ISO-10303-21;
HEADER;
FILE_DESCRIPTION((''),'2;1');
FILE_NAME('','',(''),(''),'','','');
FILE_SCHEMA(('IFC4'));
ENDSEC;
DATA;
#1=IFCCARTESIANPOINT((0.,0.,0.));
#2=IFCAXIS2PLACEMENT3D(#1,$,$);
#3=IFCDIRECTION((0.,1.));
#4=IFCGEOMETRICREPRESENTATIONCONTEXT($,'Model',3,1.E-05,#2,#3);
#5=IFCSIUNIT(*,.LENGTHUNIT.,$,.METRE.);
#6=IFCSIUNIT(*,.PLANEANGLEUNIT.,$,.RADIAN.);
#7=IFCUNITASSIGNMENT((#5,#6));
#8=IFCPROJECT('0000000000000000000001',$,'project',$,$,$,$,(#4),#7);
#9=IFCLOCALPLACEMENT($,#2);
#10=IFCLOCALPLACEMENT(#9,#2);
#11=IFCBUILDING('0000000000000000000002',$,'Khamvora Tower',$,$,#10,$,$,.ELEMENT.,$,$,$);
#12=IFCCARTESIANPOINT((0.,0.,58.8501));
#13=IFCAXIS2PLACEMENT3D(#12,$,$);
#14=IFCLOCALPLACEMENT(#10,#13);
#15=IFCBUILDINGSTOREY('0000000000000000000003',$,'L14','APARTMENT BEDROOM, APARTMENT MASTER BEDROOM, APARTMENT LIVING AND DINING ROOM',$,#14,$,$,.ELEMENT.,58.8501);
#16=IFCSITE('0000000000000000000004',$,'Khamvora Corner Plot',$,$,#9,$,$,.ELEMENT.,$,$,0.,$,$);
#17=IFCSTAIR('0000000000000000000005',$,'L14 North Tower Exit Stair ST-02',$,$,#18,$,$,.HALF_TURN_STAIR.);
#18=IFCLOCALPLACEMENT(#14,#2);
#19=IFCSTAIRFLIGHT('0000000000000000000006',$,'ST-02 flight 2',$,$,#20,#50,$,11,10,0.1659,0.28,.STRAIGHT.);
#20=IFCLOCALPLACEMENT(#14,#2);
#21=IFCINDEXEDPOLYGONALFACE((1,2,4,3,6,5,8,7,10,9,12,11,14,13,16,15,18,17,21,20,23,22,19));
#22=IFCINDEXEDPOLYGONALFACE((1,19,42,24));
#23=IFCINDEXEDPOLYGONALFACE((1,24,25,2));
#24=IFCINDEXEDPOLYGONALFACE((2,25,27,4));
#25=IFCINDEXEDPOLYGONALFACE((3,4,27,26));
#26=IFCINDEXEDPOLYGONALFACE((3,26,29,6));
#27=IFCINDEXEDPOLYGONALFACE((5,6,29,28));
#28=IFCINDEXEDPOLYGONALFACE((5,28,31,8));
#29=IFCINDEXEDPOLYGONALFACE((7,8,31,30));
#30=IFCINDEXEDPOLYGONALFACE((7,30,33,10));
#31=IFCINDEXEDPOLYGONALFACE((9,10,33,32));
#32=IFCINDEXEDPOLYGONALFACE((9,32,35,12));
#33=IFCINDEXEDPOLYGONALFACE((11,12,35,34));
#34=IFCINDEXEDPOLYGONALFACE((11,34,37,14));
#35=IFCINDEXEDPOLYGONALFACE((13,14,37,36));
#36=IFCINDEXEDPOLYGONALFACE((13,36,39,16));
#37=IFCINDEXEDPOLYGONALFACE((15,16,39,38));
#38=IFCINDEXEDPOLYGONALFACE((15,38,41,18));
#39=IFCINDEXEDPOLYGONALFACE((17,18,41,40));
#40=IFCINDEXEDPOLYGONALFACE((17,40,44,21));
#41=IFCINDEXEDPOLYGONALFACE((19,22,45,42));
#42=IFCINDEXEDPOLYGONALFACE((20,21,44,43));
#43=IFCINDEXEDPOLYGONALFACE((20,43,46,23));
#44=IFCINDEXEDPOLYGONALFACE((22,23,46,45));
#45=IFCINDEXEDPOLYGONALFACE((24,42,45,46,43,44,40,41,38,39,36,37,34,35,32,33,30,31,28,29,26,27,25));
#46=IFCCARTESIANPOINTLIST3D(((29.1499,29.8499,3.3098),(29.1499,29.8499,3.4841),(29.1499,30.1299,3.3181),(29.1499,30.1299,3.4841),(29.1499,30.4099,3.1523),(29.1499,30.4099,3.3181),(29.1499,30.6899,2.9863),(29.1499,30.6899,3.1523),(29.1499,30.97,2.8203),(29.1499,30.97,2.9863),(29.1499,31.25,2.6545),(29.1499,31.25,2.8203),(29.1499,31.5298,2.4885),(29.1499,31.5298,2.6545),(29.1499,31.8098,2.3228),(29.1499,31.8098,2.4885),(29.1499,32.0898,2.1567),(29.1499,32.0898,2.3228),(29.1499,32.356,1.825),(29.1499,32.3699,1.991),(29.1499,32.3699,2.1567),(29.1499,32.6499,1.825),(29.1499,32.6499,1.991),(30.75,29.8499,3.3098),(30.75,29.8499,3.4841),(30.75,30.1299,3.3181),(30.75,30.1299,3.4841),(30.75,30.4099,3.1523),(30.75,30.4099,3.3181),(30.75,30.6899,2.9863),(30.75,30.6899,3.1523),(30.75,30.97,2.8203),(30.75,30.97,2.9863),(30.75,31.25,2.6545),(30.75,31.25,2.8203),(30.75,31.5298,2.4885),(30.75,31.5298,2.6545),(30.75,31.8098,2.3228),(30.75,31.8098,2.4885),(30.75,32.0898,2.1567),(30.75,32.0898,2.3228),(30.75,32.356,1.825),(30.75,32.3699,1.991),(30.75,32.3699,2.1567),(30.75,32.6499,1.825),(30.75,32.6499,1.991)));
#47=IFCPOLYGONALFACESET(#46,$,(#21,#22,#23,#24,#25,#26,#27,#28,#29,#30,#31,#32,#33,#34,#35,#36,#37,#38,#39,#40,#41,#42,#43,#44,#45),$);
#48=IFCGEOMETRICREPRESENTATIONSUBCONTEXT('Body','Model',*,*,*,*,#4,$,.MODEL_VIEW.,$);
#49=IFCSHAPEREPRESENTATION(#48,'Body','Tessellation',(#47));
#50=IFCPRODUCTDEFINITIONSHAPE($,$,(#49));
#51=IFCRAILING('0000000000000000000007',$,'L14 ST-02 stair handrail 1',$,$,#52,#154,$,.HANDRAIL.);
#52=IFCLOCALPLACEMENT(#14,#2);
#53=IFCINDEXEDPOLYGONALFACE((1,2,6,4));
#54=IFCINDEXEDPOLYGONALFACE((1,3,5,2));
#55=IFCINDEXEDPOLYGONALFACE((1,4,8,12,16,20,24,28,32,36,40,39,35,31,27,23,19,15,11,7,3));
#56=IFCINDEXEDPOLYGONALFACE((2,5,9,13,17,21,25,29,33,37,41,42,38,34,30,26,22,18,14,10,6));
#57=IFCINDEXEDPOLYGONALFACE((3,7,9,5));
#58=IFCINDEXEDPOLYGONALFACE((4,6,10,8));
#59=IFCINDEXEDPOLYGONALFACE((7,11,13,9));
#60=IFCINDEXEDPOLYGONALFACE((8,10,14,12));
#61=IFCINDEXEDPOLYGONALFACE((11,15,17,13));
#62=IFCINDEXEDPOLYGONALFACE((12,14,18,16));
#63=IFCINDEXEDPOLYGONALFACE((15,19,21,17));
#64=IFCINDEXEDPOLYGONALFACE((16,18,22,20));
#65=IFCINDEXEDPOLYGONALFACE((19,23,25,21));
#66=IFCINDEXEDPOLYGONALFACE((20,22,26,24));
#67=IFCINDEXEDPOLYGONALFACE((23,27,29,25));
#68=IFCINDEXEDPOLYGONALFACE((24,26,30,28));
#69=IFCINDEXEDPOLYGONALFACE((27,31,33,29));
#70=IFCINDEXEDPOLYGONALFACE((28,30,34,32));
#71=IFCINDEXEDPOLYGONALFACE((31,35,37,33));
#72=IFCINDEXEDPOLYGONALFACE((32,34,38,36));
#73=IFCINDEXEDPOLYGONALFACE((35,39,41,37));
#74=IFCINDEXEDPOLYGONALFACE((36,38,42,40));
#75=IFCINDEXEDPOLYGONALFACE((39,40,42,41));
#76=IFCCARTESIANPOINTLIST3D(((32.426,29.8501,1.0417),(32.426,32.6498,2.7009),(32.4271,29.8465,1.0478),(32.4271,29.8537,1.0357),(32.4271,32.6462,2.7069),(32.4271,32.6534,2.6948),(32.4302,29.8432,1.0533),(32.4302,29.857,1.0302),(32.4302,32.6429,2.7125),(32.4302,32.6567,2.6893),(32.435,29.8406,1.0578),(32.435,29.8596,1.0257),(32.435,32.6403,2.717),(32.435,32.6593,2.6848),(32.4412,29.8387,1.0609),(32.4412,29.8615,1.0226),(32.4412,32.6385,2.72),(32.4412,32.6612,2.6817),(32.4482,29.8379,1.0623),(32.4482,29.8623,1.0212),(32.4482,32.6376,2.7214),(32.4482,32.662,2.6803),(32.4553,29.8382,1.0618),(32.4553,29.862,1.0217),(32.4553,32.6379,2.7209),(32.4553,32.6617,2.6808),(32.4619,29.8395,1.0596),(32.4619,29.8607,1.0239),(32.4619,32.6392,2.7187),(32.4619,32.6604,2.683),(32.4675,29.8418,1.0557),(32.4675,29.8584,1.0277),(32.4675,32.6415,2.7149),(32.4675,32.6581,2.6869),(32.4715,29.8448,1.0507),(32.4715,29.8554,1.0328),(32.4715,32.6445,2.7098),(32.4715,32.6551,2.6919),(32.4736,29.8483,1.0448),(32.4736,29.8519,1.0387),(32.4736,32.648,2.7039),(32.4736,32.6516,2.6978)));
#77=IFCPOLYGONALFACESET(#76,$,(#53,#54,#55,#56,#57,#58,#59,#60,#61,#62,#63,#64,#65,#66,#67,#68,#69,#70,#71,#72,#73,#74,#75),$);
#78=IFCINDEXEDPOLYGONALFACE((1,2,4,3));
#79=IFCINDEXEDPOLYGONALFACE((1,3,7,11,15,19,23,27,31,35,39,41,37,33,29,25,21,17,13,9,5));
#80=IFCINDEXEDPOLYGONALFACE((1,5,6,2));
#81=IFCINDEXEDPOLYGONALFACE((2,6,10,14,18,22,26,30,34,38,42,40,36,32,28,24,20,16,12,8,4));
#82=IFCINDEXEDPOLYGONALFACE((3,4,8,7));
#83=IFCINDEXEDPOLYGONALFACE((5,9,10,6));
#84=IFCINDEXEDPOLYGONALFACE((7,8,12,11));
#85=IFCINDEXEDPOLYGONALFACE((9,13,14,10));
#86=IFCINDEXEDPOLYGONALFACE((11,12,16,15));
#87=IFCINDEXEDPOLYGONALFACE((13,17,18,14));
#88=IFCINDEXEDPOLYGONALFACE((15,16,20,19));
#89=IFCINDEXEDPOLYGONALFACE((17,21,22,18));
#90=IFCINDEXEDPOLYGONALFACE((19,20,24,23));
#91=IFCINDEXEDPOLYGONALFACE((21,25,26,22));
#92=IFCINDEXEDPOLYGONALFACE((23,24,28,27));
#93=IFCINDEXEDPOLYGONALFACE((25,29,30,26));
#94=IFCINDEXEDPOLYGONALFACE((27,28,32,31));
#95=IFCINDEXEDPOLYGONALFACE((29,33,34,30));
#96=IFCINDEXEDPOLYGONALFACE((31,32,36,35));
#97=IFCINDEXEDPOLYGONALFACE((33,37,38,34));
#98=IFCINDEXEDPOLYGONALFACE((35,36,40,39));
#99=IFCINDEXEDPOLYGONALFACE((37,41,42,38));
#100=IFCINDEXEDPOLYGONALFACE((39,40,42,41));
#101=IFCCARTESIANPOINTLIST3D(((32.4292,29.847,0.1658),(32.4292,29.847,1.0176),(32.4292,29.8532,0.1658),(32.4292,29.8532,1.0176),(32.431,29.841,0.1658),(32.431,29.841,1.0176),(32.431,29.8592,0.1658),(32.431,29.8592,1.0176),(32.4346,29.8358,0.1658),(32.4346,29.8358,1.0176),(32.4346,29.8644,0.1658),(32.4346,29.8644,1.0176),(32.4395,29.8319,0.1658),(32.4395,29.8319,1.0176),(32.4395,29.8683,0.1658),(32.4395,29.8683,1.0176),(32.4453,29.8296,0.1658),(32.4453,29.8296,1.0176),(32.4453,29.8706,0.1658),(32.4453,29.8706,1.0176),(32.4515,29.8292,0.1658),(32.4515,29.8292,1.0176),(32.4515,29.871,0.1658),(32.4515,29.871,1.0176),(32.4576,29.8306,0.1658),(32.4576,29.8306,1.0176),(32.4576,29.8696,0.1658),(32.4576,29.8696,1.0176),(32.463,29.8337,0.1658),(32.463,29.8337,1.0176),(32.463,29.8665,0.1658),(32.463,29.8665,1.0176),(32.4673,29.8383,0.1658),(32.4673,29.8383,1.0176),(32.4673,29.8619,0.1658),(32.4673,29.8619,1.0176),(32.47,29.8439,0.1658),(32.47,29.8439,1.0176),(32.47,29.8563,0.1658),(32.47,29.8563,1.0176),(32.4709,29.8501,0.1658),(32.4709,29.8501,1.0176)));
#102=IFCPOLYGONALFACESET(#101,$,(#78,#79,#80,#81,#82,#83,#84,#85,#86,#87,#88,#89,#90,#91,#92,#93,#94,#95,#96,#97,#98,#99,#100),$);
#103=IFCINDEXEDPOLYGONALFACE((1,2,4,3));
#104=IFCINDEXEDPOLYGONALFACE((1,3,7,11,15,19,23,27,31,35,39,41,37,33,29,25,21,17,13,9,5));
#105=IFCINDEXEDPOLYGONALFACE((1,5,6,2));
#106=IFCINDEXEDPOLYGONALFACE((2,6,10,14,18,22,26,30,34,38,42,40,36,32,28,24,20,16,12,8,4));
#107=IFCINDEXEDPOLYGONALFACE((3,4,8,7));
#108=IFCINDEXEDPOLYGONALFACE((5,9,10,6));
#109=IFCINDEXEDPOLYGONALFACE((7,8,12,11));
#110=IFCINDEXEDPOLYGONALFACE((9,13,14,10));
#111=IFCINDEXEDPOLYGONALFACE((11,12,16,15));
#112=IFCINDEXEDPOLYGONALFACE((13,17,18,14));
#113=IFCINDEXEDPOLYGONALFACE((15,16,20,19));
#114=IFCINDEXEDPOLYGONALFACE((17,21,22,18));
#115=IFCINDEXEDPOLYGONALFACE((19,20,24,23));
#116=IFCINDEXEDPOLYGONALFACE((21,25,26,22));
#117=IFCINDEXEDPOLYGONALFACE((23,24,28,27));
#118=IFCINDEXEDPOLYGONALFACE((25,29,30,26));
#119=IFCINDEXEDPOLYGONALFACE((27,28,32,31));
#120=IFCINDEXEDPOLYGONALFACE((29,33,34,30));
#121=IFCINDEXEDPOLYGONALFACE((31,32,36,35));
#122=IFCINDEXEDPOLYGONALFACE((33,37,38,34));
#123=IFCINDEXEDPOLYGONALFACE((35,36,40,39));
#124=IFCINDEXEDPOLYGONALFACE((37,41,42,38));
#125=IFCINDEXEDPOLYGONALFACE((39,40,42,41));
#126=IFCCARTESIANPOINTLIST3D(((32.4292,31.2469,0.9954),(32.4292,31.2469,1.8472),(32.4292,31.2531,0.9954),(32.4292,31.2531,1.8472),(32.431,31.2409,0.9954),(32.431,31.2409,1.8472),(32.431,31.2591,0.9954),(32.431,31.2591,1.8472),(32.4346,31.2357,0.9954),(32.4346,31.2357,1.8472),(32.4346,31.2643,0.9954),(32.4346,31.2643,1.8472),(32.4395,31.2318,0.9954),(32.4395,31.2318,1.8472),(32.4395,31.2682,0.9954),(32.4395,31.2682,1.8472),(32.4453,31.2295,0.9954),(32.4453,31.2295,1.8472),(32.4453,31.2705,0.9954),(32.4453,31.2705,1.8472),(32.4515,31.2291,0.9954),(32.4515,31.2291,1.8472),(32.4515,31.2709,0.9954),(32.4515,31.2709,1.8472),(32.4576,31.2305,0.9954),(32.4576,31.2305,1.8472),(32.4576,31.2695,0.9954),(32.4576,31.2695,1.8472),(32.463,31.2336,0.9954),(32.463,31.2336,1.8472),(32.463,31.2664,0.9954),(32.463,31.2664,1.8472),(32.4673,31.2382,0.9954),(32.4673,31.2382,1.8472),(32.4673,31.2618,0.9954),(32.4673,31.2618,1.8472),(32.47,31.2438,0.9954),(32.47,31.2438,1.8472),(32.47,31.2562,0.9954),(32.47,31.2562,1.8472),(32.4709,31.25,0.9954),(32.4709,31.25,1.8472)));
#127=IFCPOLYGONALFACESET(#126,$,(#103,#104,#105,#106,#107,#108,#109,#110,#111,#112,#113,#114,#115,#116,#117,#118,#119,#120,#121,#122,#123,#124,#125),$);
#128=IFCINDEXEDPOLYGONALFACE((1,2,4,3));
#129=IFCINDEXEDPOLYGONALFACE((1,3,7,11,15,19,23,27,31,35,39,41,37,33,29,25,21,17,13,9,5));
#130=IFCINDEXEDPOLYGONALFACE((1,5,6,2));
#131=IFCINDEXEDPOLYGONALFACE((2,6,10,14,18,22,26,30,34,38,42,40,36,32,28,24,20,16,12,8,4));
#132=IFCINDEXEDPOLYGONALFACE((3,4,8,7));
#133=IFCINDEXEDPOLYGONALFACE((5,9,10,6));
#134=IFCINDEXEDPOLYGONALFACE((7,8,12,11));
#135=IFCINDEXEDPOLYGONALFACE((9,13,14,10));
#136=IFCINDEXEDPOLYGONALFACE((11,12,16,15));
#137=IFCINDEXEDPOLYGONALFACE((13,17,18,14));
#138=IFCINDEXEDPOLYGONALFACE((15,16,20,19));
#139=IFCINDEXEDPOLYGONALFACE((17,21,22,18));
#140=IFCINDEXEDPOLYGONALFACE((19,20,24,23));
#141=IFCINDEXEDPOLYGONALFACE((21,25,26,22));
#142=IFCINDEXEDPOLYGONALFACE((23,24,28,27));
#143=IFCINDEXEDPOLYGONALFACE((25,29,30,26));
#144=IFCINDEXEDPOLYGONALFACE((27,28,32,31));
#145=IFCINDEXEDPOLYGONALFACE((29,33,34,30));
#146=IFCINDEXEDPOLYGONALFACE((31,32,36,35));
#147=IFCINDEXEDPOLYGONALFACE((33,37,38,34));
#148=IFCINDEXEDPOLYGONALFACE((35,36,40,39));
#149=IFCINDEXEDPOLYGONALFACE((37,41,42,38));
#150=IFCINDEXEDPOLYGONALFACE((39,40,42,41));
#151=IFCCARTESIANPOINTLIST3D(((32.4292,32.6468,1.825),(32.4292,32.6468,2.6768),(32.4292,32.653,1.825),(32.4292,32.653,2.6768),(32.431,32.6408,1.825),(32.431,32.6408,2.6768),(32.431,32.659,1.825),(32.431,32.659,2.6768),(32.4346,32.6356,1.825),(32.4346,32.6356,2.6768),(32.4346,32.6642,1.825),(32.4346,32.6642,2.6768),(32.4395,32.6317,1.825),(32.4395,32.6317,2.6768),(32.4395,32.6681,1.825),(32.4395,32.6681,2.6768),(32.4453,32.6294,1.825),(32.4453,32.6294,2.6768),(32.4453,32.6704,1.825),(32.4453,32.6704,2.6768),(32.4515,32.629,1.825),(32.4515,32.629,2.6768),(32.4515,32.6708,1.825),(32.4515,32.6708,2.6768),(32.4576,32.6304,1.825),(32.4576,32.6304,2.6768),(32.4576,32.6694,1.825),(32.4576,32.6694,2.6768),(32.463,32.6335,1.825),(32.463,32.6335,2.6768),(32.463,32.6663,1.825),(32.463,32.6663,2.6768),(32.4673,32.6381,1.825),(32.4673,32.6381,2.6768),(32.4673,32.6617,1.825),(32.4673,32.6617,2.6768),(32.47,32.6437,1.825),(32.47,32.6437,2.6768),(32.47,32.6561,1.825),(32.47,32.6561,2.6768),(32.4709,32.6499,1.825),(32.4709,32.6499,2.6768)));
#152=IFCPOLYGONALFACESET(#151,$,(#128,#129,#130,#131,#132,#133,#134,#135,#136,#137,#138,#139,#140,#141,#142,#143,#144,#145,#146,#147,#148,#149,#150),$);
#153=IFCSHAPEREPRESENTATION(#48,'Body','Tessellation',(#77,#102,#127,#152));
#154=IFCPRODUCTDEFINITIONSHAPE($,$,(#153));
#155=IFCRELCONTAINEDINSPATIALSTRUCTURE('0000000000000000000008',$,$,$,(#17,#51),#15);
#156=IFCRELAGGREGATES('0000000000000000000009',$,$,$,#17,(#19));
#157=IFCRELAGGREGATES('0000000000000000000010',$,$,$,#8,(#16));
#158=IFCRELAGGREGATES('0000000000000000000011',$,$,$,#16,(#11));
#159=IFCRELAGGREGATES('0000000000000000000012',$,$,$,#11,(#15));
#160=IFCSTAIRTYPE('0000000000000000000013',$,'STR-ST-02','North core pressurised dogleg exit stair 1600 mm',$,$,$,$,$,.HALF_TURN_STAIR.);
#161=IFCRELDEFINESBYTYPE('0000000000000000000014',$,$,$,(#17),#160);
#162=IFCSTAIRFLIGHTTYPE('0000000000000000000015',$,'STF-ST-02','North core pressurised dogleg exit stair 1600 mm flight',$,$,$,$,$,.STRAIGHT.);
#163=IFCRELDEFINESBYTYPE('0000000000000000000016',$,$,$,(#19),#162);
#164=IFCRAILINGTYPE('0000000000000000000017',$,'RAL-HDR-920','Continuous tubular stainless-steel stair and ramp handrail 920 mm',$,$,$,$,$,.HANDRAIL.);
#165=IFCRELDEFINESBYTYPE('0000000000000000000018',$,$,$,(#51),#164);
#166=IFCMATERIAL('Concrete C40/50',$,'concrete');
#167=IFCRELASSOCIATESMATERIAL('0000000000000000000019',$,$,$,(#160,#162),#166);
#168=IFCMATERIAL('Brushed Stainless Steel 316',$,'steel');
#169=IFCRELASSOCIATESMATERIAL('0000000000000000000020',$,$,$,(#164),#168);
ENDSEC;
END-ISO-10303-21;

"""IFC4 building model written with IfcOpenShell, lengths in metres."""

from ifc_helpers import new_model, si_unit, direction, frame, origin, origin_2d, place, context, subcontext, project, spatial, polyline, circle, outline, extrude, material, type_object, element, aggregate, save


model = new_model("IFC4")

# Units and contexts
model_context = context("Model", 3, precision=1e-05, world=origin(), true_north=direction((0.0, 1.0)))
body_context = subcontext(model_context, "Body", "Model", "MODEL_VIEW")
ifc_project = project(units=[si_unit("LENGTHUNIT", "METRE"), si_unit("PLANEANGLEUNIT", "RADIAN")], contexts=[model_context])

# Site, building, storey
site_placement = place(None, origin())
site = spatial("IfcSite", under=ifc_project, at=site_placement, Name="Khamvora Corner Plot", CompositionType="ELEMENT", RefElevation=0.0)
building_placement = place(site_placement, origin())
building = spatial("IfcBuilding", under=site, at=building_placement, Name="Khamvora Tower", CompositionType="ELEMENT")
storey_placement = place(building_placement, frame((0.0, 0.0, 58.8501)))
storey = spatial("IfcBuildingStorey", under=building, at=storey_placement, Name="L14", Description="APARTMENT BEDROOM, APARTMENT MASTER BEDROOM, APARTMENT LIVING AND DINING ROOM", CompositionType="ELEMENT", Elevation=58.8501)

# Shared definitions
ifc_material_1 = material(Name="Concrete C40/50", Category="concrete")

# Stair, stair flight
stair_type = type_object("IfcStairType", Name="STR-ST-02", Description="North core pressurised dogleg exit stair 1600 mm", PredefinedType="HALF_TURN_STAIR", material=ifc_material_1)
stair_placement = place(storey_placement, origin())
stair = element("IfcStair", 1, at=stair_placement, inside=storey, type_object=stair_type, Name="L14 North Tower Exit Stair ST-02", PredefinedType="HALF_TURN_STAIR")
stair_flight_type = type_object("IfcStairFlightType", Name="STF-ST-02", Description="North core pressurised dogleg exit stair 1600 mm flight", PredefinedType="STRAIGHT", material=ifc_material_1)
stair_flight_1_placement = place(storey_placement, frame((29.95, 32.6499, 1.825), z_axis=(0.0, 0.0, 1.0), x_axis=(0.0, -1.0, 0.0)))
stair_flight_1 = element("IfcStairFlight", 2, at=stair_flight_1_placement, type_object=stair_flight_type, Name="ST-02 flight 2", NumberOfRisers=11, NumberOfTreads=10, PredefinedType="STRAIGHT", RiserHeight=0.1659, TreadLength=0.28, context=body_context, shape_type="SweptSolid", body=[
    extrude(outline(polyline([(0.0, 0.0), (0.0, 0.166), (0.28, 0.166), (0.28, 0.3318), (0.5601, 0.3318), (0.5601, 0.4978), (0.8401, 0.4978), (0.8401, 0.6636), (1.1201, 0.6636), (1.1201, 0.8296), (1.3999, 0.8296), (1.3999, 0.9954), (1.6799, 0.9954), (1.6799, 1.1614), (1.96, 1.1614), (1.96, 1.3274), (2.24, 1.3274), (2.24, 1.4932), (2.52, 1.4932), (2.52, 1.6592), (2.8, 1.6592), (2.8, 1.825), (2.8, 1.4849), (0.2939, 0.0), (0.0, 0.0)])), frame((0.0, 0.8, 0.0), z_axis=(0.0, -1.0, 0.0), x_axis=(1.0, 0.0, 0.0)), (0.0, 0.0, 1.0), 1.6001),
])
aggregate(stair, [stair_flight_1])

# Railing
ifc_material_2 = material(Name="Brushed Stainless Steel 316", Category="steel")
railing_type_1 = type_object("IfcRailingType", Name="RAL-HDR-920", Description="Continuous tubular stainless-steel stair and ramp handrail 920 mm", PredefinedType="HANDRAIL", material=ifc_material_2)
railing_1_placement = place(storey_placement, frame((32.45, 29.8501, 0.1658)))
element("IfcRailing", 3, at=railing_1_placement, inside=storey, type_object=railing_type_1, Name="L14 ST-02 stair handrail 1", PredefinedType="HANDRAIL", context=body_context, shape_type="SweptSolid", body=[
    extrude(circle(Radius=0.0239, at=origin_2d()), frame((0.0, 0.0, 0.876), z_axis=(0.0, 0.860287, 0.509811), x_axis=(-1.0, 0.0, 0.0)), (0.0, 0.0, 1.0), 3.2544),
    extrude(circle(Radius=0.021, at=origin_2d()), origin(), (0.0, 0.0, 1.0), 0.8518),
    extrude(circle(Radius=0.021, at=origin_2d()), frame((0.0, 1.3999, 0.8296)), (0.0, 0.0, 1.0), 0.8518),
    extrude(circle(Radius=0.021, at=origin_2d()), frame((0.0, 2.7998, 1.6592)), (0.0, 0.0, 1.0), 0.8518),
])

save(model, "model.ifc")
